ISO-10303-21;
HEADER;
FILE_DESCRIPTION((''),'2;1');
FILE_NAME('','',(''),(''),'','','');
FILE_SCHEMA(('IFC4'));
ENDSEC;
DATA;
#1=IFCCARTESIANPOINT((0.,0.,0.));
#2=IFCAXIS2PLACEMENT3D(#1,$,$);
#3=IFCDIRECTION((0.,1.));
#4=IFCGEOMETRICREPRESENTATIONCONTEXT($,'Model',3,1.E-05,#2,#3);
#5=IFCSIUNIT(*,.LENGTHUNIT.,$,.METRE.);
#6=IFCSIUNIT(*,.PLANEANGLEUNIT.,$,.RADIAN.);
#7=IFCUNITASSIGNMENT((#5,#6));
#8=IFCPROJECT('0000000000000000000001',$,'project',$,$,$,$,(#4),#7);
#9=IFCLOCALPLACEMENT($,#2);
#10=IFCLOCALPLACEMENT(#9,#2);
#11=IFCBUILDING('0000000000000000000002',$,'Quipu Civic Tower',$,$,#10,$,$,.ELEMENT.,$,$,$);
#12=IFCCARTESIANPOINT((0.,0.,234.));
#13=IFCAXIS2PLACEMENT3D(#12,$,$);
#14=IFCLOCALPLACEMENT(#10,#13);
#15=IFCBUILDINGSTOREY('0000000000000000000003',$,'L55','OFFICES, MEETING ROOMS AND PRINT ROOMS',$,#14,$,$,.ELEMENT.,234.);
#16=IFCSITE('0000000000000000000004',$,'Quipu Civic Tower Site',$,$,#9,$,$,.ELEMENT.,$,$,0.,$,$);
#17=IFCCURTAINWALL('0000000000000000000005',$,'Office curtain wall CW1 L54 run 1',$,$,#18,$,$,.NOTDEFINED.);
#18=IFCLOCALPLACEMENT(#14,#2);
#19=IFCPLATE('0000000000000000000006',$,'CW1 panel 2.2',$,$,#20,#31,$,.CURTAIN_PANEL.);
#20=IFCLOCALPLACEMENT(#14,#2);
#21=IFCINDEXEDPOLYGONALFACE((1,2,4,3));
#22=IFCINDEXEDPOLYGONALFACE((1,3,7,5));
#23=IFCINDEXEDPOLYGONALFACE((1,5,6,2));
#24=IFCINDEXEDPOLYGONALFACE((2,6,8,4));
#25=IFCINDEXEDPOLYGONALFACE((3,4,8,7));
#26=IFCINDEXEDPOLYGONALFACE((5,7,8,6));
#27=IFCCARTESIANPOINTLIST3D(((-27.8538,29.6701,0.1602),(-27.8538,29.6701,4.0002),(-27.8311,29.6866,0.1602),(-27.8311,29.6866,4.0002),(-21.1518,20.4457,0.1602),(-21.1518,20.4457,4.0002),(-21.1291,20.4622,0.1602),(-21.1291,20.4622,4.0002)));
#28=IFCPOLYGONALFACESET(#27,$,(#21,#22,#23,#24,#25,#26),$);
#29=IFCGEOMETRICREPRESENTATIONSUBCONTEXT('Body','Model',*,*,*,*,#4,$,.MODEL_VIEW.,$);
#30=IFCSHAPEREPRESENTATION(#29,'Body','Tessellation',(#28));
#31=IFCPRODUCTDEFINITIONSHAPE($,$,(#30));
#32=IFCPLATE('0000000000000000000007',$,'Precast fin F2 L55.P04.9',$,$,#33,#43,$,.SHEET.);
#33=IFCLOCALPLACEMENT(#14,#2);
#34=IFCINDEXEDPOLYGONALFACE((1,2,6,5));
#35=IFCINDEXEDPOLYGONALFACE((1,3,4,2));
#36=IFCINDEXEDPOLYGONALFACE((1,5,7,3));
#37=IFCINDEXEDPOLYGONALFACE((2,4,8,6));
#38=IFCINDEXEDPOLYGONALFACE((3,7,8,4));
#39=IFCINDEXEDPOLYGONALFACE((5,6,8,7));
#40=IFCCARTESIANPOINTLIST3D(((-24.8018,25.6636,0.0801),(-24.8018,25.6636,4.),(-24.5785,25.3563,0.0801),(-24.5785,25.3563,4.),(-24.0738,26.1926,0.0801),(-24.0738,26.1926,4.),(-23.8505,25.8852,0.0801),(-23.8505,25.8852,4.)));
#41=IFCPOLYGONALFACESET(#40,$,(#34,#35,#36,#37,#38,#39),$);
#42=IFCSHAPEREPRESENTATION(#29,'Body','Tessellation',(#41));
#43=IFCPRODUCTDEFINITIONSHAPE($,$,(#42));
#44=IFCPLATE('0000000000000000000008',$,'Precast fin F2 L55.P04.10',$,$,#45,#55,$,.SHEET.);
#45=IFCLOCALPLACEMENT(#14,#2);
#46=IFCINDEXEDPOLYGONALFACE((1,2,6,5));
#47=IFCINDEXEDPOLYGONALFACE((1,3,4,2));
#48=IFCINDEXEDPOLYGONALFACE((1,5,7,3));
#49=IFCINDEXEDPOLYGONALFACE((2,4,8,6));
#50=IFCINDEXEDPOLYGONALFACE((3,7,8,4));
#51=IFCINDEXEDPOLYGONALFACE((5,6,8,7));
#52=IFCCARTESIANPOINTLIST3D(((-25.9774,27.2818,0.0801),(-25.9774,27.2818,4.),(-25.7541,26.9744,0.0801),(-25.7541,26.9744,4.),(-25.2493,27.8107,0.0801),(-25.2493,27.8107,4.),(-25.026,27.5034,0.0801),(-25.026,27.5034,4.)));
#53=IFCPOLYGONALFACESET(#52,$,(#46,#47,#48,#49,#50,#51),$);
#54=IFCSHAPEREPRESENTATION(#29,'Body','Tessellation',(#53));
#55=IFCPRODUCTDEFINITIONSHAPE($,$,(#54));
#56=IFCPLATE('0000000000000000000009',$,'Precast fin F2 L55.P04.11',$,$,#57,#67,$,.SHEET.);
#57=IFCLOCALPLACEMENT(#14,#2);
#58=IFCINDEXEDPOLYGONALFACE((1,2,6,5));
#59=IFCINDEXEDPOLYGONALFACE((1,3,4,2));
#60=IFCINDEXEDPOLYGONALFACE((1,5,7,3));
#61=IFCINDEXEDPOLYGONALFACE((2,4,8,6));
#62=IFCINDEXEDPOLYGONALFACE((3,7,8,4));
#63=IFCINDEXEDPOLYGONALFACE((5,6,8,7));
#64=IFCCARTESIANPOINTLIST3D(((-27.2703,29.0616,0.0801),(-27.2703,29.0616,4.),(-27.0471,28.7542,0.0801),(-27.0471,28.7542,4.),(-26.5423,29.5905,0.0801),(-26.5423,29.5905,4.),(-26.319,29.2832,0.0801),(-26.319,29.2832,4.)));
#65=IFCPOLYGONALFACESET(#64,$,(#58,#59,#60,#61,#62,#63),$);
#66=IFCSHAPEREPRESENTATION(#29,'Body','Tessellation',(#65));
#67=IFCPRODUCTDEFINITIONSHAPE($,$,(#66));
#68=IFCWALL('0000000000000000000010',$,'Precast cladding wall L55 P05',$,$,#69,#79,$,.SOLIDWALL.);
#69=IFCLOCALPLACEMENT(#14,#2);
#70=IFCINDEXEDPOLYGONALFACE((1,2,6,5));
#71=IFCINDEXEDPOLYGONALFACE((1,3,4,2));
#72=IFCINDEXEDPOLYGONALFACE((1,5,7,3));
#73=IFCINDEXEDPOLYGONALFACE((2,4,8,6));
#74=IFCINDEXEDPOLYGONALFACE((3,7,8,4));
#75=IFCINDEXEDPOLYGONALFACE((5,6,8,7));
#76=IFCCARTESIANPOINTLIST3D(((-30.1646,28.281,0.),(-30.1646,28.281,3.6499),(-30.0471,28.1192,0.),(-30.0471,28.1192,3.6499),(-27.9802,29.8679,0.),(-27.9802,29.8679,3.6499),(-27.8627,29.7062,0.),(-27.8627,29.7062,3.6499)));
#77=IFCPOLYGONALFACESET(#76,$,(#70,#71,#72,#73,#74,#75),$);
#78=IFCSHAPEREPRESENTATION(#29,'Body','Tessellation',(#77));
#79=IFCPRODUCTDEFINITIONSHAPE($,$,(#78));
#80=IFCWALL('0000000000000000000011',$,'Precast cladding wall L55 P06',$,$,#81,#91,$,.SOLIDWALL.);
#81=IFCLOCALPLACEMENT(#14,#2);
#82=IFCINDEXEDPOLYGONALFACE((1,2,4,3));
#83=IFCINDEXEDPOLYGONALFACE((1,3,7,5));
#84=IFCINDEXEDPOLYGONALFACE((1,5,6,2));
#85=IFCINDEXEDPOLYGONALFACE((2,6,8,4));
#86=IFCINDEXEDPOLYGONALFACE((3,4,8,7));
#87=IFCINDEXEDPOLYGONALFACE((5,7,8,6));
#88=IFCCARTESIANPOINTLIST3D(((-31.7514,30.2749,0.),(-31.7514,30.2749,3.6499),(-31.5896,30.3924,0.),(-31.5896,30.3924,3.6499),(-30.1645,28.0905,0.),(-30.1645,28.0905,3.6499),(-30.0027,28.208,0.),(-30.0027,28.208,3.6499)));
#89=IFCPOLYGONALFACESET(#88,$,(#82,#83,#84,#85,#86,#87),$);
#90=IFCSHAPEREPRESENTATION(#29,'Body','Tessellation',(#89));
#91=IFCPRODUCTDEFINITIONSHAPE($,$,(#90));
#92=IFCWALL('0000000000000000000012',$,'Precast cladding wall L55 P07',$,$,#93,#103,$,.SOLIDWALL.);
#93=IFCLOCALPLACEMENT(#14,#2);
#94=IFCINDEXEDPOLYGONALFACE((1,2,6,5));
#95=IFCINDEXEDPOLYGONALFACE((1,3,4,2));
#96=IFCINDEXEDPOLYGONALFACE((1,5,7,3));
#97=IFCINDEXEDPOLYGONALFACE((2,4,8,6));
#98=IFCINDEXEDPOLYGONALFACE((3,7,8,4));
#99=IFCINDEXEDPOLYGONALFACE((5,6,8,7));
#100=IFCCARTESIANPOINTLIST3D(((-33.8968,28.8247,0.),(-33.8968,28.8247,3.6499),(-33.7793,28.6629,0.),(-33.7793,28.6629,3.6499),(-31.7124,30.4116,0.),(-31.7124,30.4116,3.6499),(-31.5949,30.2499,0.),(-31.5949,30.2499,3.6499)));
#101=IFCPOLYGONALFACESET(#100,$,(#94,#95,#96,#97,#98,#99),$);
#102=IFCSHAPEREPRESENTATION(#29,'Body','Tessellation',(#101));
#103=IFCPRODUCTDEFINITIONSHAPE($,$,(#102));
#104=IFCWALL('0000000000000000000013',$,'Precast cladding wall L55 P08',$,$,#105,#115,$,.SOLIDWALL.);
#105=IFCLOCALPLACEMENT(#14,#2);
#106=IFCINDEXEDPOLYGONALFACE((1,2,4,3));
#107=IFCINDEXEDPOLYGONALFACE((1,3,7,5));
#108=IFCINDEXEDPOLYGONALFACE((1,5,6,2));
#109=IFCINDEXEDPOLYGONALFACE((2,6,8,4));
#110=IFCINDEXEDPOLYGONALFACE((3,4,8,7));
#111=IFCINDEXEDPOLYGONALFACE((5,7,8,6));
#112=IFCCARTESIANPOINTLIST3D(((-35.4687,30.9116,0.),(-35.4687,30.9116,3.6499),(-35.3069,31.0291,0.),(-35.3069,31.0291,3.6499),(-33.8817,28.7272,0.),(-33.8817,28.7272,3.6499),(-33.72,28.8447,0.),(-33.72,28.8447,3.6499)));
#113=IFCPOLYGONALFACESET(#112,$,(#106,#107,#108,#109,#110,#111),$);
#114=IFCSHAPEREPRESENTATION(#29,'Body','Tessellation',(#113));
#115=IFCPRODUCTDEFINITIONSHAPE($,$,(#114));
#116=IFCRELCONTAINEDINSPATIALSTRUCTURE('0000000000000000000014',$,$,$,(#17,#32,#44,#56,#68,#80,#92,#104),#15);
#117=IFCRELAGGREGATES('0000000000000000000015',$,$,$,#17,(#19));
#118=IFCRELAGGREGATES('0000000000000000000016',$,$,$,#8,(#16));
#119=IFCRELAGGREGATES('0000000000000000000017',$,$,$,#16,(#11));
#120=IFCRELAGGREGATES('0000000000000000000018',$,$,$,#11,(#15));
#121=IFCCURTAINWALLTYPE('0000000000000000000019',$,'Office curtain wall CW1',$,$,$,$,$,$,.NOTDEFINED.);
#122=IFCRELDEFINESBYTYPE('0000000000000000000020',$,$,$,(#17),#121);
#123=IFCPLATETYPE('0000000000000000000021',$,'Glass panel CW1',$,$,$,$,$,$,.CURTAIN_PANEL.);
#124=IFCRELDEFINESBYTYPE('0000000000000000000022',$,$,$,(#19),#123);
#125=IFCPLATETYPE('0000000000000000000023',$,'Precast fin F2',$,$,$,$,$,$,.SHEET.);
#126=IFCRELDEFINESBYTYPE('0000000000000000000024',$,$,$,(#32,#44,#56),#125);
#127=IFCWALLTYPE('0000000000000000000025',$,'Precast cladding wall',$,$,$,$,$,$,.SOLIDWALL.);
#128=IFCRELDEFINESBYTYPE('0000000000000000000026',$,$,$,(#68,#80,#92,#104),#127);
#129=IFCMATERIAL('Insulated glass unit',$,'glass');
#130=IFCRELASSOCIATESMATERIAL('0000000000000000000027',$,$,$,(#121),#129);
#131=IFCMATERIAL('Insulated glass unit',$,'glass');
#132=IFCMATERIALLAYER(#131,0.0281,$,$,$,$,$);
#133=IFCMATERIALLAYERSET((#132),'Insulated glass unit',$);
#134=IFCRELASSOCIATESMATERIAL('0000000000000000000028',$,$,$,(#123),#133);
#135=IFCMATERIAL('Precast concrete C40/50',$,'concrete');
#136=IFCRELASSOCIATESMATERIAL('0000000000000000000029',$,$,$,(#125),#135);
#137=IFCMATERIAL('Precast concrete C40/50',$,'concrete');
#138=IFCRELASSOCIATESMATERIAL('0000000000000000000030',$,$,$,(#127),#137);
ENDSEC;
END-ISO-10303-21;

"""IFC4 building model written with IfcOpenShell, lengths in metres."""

from ifc_helpers import new_model, si_unit, direction, frame, frame_2d, origin, origin_2d, place, context, subcontext, project, spatial, rectangle, extrude, material, layer, layer_set, type_object, element, aggregate, save


model = new_model("IFC4")

# Units and contexts
model_context = context("Model", 3, precision=1e-05, world=origin(), true_north=direction((0.0, 1.0)))
body_context = subcontext(model_context, "Body", "Model", "MODEL_VIEW")
ifc_project = project(units=[si_unit("LENGTHUNIT", "METRE"), si_unit("PLANEANGLEUNIT", "RADIAN")], contexts=[model_context])

# Site, building, storey
site_placement = place(None, origin())
site = spatial("IfcSite", under=ifc_project, at=site_placement, Name="Quipu Civic Tower Site", CompositionType="ELEMENT", RefElevation=0.0)
building_placement = place(site_placement, origin())
building = spatial("IfcBuilding", under=site, at=building_placement, Name="Quipu Civic Tower", CompositionType="ELEMENT")
storey_placement = place(building_placement, frame((0.0, 0.0, 234.0)))
storey = spatial("IfcBuildingStorey", under=building, at=storey_placement, Name="L55", Description="OFFICES, MEETING ROOMS AND PRINT ROOMS", CompositionType="ELEMENT", Elevation=234.0)

# Curtain wall
ifc_material_1 = material(Name="Insulated glass unit", Category="glass")
curtain_wall_type = type_object("IfcCurtainWallType", Name="Office curtain wall CW1", PredefinedType="NOTDEFINED", material=ifc_material_1)
curtain_wall_1_placement = place(storey_placement, origin())
curtain_wall_1 = element("IfcCurtainWall", 1, at=curtain_wall_1_placement, inside=storey, type_object=curtain_wall_type, Name="Office curtain wall CW1 L54 run 1", PredefinedType="NOTDEFINED")

# Plate
ifc_material_2 = material(Name="Insulated glass unit", Category="glass")
ifc_layer = layer(ifc_material_2, 0.0281)
ifc_layer_set = layer_set([ifc_layer], Name="Insulated glass unit")
plate_type_1 = type_object("IfcPlateType", Name="Glass panel CW1", PredefinedType="CURTAIN_PANEL", material=ifc_layer_set)
plate_placement = place(storey_placement, frame((-24.4915, 25.0662, 0.1602), z_axis=(0.0, 0.0, 1.0), x_axis=(-0.587789, 0.809014, 0.0)))
plate = element("IfcPlate", 2, at=plate_placement, type_object=plate_type_1, Name="CW1 panel 2.2", PredefinedType="CURTAIN_PANEL", context=body_context, shape_type="SweptSolid", body=[
    extrude(rectangle(XDim=11.4021, YDim=0.0281, at=origin_2d()), origin(), (0.0, 0.0, 1.0), 3.8401),
])
aggregate(curtain_wall_1, [plate])

# Plates
ifc_material_3 = material(Name="Precast concrete C40/50", Category="concrete")
plate_type_2 = type_object("IfcPlateType", Name="Precast fin F2", PredefinedType="SHEET", material=ifc_material_3)
for number, where, z_axis, x_axis, name in (
    (3, (-24.3262, 25.7744, 0.0801), (0.0, 0.0, 1.0), (-0.587787, 0.809016, 0.0), "Precast fin F2 L55.P04.9"),
    (4, (-25.5017, 27.3926, 0.0801), (0.0, 0.0, 1.0), (-0.587787, 0.809016, 0.0), "Precast fin F2 L55.P04.10"),
    (5, (-26.7947, 29.1724, 0.0801), (0.0, 0.0, 1.0), (-0.587787, 0.809016, 0.0), "Precast fin F2 L55.P04.11"),
):
    element("IfcPlate", number, at=place(storey_placement, frame(where, z_axis=z_axis, x_axis=x_axis)), inside=storey, type_object=plate_type_2, Name=name, PredefinedType="SHEET", context=body_context, shape_type="SweptSolid", body=[
        extrude(rectangle(XDim=0.3799, YDim=0.8999, at=origin_2d()), origin(), (0.0, 0.0, 1.0), 3.9199),
    ])

# Walls
ifc_material_4 = material(Name="Precast concrete C40/50", Category="concrete")
wall_type = type_object("IfcWallType", Name="Precast cladding wall", PredefinedType="SOLIDWALL", material=ifc_material_4)
for number, where, z_axis, x_axis, name in (
    (6, (-27.9214, 29.7871, 0.0), (0.0, 0.0, 1.0), (-0.809033, -0.587763, 0.0), "Precast cladding wall L55 P05"),
    (7, (-30.0835, 28.1492, 0.0), (0.0, 0.0, 1.0), (-0.587763, 0.809033, 0.0), "Precast cladding wall L55 P06"),
    (8, (-31.6536, 30.3308, 0.0), (0.0, 0.0, 1.0), (-0.809033, -0.587763, 0.0), "Precast cladding wall L55 P07"),
    (9, (-33.8008, 28.7859, 0.0), (0.0, 0.0, 1.0), (-0.587763, 0.809033, 0.0), "Precast cladding wall L55 P08"),
):
    element("IfcWall", number, at=place(storey_placement, frame(where, z_axis=z_axis, x_axis=x_axis)), inside=storey, type_object=wall_type, Name=name, PredefinedType="SOLIDWALL", context=body_context, shape_type="SweptSolid", body=[
        extrude(rectangle(XDim=2.7, YDim=0.2, at=frame_2d((1.3501, 0.0))), origin(), (0.0, 0.0, 1.0), 3.6499),
    ])

save(model, "model.ifc")
